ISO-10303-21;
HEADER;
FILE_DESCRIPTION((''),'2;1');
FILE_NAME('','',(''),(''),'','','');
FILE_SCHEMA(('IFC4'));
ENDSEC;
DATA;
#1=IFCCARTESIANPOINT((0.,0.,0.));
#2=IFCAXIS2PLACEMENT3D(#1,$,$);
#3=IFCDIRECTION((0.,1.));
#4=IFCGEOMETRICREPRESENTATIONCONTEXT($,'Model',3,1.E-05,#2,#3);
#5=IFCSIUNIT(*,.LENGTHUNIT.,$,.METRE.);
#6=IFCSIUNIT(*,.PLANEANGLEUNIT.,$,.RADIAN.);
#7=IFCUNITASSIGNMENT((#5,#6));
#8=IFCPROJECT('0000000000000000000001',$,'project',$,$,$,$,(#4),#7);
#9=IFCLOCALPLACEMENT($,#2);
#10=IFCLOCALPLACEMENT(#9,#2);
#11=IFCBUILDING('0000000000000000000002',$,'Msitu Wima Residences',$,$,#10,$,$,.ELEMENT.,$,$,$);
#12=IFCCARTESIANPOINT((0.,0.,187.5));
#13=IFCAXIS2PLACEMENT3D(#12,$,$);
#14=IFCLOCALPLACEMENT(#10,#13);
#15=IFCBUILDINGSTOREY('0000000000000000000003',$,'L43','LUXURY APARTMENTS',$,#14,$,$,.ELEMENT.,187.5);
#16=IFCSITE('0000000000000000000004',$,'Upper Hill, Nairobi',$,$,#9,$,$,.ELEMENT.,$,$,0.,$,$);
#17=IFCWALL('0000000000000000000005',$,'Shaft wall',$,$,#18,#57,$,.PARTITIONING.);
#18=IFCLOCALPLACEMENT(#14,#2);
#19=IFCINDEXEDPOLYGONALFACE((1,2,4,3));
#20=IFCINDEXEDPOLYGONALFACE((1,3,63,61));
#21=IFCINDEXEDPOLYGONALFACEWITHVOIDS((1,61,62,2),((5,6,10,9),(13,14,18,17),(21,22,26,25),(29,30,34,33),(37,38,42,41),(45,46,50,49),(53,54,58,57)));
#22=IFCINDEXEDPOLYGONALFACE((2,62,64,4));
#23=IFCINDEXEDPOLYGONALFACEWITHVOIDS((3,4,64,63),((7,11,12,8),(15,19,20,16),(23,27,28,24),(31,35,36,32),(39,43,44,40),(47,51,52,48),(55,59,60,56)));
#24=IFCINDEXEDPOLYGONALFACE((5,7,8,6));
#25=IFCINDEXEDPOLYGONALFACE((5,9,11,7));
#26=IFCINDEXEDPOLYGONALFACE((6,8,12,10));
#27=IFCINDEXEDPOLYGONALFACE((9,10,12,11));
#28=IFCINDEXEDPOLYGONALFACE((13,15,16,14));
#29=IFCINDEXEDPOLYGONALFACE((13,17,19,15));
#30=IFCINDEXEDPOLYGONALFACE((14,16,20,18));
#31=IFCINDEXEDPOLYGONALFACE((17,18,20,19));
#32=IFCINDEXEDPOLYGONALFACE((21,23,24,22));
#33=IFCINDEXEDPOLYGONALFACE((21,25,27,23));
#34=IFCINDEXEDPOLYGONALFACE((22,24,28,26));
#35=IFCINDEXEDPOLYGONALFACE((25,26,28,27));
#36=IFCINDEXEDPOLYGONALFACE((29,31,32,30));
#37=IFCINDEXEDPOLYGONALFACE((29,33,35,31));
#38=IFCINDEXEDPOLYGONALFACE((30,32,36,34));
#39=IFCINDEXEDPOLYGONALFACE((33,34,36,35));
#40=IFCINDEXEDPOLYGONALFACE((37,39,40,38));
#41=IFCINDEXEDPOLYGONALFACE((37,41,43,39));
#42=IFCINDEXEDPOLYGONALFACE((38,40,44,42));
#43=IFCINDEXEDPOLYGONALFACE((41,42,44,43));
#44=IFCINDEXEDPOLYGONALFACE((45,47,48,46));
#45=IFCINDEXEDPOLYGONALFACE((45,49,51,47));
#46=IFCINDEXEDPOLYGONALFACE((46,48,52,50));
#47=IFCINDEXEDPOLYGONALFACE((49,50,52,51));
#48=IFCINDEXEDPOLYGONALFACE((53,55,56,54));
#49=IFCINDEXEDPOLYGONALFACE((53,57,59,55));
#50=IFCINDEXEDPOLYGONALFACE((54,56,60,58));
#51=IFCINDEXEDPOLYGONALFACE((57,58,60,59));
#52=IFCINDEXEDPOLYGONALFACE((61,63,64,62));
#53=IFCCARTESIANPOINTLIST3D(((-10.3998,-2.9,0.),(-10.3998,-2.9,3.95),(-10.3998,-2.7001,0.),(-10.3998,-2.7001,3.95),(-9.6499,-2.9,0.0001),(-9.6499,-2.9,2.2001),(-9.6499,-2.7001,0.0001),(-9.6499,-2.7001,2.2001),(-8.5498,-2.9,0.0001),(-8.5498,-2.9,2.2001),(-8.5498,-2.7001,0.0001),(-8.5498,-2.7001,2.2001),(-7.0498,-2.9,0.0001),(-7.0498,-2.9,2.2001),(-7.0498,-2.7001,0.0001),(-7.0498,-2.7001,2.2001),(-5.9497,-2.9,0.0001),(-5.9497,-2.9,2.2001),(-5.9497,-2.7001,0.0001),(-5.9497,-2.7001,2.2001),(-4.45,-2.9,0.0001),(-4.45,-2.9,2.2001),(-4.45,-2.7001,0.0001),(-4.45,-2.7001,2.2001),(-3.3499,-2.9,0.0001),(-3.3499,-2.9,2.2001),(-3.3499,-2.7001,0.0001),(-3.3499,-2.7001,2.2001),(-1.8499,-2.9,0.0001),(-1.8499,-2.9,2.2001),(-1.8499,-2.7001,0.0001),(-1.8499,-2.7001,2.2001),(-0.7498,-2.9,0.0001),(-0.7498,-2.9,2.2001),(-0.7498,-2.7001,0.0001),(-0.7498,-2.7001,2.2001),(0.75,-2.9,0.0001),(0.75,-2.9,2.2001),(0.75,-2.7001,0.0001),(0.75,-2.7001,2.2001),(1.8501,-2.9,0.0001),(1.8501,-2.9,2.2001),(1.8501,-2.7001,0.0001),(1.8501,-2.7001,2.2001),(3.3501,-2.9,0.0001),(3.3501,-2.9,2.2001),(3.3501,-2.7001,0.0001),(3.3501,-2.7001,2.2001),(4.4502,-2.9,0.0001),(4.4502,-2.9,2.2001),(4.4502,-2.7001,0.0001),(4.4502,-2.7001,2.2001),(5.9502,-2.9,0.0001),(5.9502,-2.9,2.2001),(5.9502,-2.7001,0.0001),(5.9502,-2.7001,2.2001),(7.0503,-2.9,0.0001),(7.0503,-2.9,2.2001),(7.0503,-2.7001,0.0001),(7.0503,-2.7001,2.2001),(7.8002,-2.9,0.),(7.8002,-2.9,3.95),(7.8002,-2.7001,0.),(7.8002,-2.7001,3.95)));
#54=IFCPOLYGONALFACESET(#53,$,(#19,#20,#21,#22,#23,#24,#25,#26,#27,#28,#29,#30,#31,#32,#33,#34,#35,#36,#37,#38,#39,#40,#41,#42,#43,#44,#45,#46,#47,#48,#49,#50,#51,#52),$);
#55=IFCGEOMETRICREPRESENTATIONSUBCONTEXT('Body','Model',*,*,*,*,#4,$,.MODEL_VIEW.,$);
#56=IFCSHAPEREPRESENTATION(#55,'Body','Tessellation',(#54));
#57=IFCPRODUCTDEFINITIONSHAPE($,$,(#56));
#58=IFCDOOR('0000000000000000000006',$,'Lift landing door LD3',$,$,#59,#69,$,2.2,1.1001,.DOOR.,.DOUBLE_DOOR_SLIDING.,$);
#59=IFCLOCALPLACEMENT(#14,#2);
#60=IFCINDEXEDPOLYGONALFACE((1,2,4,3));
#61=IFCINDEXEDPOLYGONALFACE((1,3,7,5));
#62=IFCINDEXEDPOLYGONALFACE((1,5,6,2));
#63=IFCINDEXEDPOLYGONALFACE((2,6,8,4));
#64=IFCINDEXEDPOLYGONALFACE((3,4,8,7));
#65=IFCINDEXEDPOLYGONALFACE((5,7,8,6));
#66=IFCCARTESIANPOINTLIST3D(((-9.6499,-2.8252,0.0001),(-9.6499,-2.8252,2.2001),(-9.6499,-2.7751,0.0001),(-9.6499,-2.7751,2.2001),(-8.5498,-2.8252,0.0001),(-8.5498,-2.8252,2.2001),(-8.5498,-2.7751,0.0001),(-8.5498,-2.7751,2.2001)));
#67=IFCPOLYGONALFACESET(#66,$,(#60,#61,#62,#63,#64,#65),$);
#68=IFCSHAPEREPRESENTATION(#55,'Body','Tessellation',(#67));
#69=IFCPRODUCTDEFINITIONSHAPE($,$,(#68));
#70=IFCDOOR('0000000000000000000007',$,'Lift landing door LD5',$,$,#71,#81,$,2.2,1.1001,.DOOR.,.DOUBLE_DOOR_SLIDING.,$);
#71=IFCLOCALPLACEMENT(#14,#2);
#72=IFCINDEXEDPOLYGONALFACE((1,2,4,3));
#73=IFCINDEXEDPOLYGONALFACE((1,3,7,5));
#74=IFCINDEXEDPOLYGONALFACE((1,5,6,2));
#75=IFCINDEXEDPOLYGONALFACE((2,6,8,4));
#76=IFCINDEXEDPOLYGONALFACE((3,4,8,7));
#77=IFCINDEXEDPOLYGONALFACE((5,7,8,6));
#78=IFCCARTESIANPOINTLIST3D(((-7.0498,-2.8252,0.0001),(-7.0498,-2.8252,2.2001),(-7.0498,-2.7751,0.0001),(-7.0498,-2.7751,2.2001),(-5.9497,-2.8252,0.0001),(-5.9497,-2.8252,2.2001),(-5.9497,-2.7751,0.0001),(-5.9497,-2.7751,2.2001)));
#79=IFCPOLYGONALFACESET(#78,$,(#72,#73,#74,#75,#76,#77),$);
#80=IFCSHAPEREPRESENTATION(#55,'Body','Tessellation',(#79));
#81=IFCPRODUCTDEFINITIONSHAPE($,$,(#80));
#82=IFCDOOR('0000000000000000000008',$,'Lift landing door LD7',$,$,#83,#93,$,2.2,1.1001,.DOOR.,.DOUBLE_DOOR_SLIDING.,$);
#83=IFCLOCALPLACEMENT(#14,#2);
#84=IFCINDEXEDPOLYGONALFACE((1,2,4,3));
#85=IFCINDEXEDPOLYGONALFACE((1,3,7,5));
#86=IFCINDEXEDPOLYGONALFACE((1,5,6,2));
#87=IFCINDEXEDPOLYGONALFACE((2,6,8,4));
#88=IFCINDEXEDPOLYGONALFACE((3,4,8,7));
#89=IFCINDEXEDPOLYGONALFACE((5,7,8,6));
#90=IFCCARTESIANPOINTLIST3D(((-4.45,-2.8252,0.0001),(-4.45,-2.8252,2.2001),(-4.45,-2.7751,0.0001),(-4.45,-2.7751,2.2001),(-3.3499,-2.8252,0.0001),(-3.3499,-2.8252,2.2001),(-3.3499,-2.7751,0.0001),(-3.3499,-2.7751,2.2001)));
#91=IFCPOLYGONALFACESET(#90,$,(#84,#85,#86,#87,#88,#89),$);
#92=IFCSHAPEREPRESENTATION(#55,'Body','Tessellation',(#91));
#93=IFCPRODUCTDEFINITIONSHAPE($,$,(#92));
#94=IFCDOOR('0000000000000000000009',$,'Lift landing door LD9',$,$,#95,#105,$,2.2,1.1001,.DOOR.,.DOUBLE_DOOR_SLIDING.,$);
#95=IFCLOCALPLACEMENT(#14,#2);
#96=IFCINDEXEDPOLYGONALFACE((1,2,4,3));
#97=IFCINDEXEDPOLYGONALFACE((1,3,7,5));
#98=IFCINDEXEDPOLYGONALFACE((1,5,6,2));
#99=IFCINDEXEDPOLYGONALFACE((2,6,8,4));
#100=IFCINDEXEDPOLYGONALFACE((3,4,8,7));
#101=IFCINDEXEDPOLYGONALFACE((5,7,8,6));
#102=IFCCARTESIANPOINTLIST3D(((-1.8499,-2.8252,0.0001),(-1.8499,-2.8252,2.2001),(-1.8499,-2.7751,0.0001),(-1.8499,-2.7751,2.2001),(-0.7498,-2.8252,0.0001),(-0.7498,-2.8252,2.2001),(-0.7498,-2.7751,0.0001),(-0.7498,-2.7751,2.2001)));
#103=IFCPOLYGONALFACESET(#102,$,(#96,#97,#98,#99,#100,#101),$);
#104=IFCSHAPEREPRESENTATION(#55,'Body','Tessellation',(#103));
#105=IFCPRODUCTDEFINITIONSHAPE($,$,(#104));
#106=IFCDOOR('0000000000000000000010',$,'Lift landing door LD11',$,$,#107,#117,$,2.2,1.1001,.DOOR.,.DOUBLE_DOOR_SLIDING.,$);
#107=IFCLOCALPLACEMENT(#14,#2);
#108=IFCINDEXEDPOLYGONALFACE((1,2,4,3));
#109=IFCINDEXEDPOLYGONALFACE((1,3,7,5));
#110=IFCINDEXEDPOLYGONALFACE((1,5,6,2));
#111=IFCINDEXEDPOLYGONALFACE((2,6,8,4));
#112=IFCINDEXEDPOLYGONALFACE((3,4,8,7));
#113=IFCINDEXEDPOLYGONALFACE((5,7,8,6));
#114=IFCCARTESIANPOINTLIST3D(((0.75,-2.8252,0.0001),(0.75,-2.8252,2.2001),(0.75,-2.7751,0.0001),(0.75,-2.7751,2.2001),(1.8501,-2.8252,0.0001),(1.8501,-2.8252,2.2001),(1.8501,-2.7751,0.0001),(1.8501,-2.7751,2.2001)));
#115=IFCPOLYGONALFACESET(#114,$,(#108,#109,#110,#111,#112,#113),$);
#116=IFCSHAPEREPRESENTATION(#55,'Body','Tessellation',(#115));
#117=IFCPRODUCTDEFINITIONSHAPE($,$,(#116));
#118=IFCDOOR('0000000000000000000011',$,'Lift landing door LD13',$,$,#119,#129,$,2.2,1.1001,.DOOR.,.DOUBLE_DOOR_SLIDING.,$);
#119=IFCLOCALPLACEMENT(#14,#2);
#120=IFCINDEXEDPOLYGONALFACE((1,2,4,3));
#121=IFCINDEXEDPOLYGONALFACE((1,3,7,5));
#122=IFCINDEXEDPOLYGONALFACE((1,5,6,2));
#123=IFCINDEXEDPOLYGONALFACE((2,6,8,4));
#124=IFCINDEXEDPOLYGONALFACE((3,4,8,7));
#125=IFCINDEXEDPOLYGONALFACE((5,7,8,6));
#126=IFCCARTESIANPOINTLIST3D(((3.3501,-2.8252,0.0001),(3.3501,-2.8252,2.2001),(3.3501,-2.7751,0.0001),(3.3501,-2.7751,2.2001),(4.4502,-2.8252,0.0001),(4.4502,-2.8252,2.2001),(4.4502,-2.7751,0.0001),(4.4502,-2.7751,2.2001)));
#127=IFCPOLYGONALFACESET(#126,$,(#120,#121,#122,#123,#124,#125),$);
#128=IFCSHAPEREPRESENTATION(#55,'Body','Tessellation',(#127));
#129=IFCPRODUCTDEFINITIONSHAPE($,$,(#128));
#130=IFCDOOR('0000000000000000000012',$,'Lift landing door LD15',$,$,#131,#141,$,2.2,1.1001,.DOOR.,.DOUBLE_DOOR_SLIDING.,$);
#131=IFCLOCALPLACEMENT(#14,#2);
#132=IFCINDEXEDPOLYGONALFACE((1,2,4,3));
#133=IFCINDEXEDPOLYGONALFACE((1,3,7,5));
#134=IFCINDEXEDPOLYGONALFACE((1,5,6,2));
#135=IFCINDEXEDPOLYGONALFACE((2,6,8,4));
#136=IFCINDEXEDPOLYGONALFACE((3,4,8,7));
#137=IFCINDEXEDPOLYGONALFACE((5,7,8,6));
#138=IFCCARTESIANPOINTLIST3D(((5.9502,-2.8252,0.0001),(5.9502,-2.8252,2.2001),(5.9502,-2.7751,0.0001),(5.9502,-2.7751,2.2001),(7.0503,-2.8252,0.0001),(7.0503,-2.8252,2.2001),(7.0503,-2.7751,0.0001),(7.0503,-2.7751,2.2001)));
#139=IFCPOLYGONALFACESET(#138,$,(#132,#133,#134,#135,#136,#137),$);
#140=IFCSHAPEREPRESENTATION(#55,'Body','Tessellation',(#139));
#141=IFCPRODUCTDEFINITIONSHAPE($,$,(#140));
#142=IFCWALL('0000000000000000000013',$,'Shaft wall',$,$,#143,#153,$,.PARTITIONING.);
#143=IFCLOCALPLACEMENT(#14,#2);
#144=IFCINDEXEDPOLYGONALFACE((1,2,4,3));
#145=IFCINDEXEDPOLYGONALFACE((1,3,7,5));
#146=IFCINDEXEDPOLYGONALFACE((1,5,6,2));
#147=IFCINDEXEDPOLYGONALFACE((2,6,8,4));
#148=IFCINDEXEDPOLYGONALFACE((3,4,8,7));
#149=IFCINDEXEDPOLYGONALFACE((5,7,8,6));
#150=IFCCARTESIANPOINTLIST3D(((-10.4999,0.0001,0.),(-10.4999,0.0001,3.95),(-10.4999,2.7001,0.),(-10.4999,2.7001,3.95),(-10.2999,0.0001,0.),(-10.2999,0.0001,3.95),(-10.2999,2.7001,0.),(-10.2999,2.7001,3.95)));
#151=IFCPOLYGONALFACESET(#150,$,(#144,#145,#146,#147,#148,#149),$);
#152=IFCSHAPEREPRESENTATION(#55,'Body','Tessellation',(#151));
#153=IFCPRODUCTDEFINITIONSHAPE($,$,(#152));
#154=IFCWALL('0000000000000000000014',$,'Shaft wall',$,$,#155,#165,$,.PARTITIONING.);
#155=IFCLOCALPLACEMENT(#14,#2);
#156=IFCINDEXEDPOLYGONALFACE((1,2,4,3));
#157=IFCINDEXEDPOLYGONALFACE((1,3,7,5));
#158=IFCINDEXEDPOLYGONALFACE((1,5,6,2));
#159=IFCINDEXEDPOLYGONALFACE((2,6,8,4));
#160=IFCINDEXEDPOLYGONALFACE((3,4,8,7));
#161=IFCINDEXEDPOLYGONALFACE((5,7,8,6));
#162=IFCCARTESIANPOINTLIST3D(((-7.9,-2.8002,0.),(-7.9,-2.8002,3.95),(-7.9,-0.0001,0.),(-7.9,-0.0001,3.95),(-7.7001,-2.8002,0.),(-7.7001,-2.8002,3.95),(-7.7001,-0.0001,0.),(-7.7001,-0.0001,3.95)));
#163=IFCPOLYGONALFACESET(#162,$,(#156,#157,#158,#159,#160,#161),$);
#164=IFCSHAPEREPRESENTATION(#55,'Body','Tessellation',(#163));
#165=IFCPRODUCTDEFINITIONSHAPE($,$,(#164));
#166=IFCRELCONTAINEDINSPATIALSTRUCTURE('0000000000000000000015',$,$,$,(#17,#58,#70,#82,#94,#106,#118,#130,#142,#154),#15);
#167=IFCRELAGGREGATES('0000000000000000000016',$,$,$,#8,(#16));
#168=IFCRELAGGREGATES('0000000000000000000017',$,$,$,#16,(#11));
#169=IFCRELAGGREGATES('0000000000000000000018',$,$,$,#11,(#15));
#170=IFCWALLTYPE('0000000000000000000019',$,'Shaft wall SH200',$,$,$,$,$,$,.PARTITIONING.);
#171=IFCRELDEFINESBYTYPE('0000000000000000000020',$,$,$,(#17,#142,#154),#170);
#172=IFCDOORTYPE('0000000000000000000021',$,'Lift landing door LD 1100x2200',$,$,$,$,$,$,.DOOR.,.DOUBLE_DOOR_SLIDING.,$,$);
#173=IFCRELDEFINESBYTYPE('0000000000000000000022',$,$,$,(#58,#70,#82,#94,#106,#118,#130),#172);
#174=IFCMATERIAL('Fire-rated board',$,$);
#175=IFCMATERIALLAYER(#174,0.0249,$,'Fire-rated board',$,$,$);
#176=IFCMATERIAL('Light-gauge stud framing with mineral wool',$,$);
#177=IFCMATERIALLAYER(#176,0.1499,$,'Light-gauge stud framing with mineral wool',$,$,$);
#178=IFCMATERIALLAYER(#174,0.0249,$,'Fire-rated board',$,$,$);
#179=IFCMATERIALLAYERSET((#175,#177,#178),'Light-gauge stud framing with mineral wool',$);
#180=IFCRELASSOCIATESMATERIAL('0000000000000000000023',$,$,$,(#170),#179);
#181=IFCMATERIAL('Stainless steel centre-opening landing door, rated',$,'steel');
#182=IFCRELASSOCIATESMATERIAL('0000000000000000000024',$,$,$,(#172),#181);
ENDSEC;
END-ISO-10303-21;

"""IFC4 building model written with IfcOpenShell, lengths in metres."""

from ifc_helpers import new_model, si_unit, direction, frame, frame_2d, origin, place, context, subcontext, project, spatial, rectangle, extrude, material, layer, layer_set, type_object, element, fill, save


model = new_model("IFC4")

# Units and contexts
model_context = context("Model", 3, precision=1e-05, world=origin(), true_north=direction((0.0, 1.0)))
body_context = subcontext(model_context, "Body", "Model", "MODEL_VIEW")
ifc_project = project(units=[si_unit("LENGTHUNIT", "METRE"), si_unit("PLANEANGLEUNIT", "RADIAN")], contexts=[model_context])

# Site, building, storey
site_placement = place(None, origin())
site = spatial("IfcSite", under=ifc_project, at=site_placement, Name="Upper Hill, Nairobi", CompositionType="ELEMENT", RefElevation=0.0)
building_placement = place(site_placement, origin())
building = spatial("IfcBuilding", under=site, at=building_placement, Name="Msitu Wima Residences", CompositionType="ELEMENT")
storey_placement = place(building_placement, frame((0.0, 0.0, 187.5)))
storey = spatial("IfcBuildingStorey", under=building, at=storey_placement, Name="L43", Description="LUXURY APARTMENTS", CompositionType="ELEMENT", Elevation=187.5)

# Shared definitions
ifc_material_1 = material(Name="Fire-rated board")
ifc_layer_1 = layer(ifc_material_1, 0.0249, Name="Fire-rated board")
ifc_material_2 = material(Name="Light-gauge stud framing with mineral wool")
ifc_layer_2 = layer(ifc_material_2, 0.1499, Name="Light-gauge stud framing with mineral wool")
ifc_layer_3 = layer(ifc_material_1, 0.0249, Name="Fire-rated board")
ifc_layer_set_1 = layer_set([ifc_layer_1, ifc_layer_2, ifc_layer_3], Name="Light-gauge stud framing with mineral wool")
wall_type_1 = type_object("IfcWallType", Name="Shaft wall SH200", PredefinedType="PARTITIONING", material=ifc_layer_set_1)

# Wall, openings, doors
wall_1_placement = place(storey_placement, frame((-10.3999, -2.8, 0.0), z_axis=(0.0, 0.0, 1.0), x_axis=(1.0, 0.0, 0.0)))
wall_1 = element("IfcWall", 1, at=wall_1_placement, inside=storey, type_object=wall_type_1, Name="Shaft wall", PredefinedType="PARTITIONING", context=body_context, shape_type="SweptSolid", body=[
    extrude(rectangle(XDim=18.2, YDim=0.2, at=frame_2d((9.1001, 0.0))), origin(), (0.0, 0.0, 1.0), 3.95),
])
opening_1_placement = place(wall_1_placement, frame((0.75, 0.0, 0.0)))
opening_1 = element("IfcOpeningElement", 2, at=opening_1_placement, cuts=wall_1, PredefinedType="OPENING", context=body_context, shape_type="SweptSolid", body=[
    extrude(rectangle(XDim=1.1001, YDim=2.2, at=frame_2d((0.55, 1.1001))), frame((0.0, 0.1099, 0.0), z_axis=(0.0, -1.0, 0.0), x_axis=(1.0, 0.0, 0.0)), (0.0, 0.0, 1.0), 0.22),
])
opening_2_placement = place(wall_1_placement, frame((3.3501, 0.0, 0.0)))
opening_2 = element("IfcOpeningElement", 3, at=opening_2_placement, cuts=wall_1, PredefinedType="OPENING", context=body_context, shape_type="SweptSolid", body=[
    extrude(rectangle(XDim=1.1001, YDim=2.2, at=frame_2d((0.55, 1.1001))), frame((0.0, 0.1099, 0.0), z_axis=(0.0, -1.0, 0.0), x_axis=(1.0, 0.0, 0.0)), (0.0, 0.0, 1.0), 0.22),
])
opening_3_placement = place(wall_1_placement, frame((5.95, 0.0, 0.0)))
opening_3 = element("IfcOpeningElement", 4, at=opening_3_placement, cuts=wall_1, PredefinedType="OPENING", context=body_context, shape_type="SweptSolid", body=[
    extrude(rectangle(XDim=1.1001, YDim=2.2, at=frame_2d((0.55, 1.1001))), frame((0.0, 0.1099, 0.0), z_axis=(0.0, -1.0, 0.0), x_axis=(1.0, 0.0, 0.0)), (0.0, 0.0, 1.0), 0.22),
])
opening_4_placement = place(wall_1_placement, frame((8.55, 0.0, 0.0)))
opening_4 = element("IfcOpeningElement", 5, at=opening_4_placement, cuts=wall_1, PredefinedType="OPENING", context=body_context, shape_type="SweptSolid", body=[
    extrude(rectangle(XDim=1.1001, YDim=2.2, at=frame_2d((0.55, 1.1001))), frame((0.0, 0.1099, 0.0), z_axis=(0.0, -1.0, 0.0), x_axis=(1.0, 0.0, 0.0)), (0.0, 0.0, 1.0), 0.22),
])
opening_5_placement = place(wall_1_placement, frame((11.1499, 0.0, 0.0)))
opening_5 = element("IfcOpeningElement", 6, at=opening_5_placement, cuts=wall_1, PredefinedType="OPENING", context=body_context, shape_type="SweptSolid", body=[
    extrude(rectangle(XDim=1.1001, YDim=2.2, at=frame_2d((0.55, 1.1001))), frame((0.0, 0.1099, 0.0), z_axis=(0.0, -1.0, 0.0), x_axis=(1.0, 0.0, 0.0)), (0.0, 0.0, 1.0), 0.22),
])
opening_6_placement = place(wall_1_placement, frame((13.75, 0.0, 0.0)))
opening_6 = element("IfcOpeningElement", 7, at=opening_6_placement, cuts=wall_1, PredefinedType="OPENING", context=body_context, shape_type="SweptSolid", body=[
    extrude(rectangle(XDim=1.1001, YDim=2.2, at=frame_2d((0.55, 1.1001))), frame((0.0, 0.1099, 0.0), z_axis=(0.0, -1.0, 0.0), x_axis=(1.0, 0.0, 0.0)), (0.0, 0.0, 1.0), 0.22),
])
opening_7_placement = place(wall_1_placement, frame((16.3501, 0.0, 0.0)))
opening_7 = element("IfcOpeningElement", 8, at=opening_7_placement, cuts=wall_1, PredefinedType="OPENING", context=body_context, shape_type="SweptSolid", body=[
    extrude(rectangle(XDim=1.1001, YDim=2.2, at=frame_2d((0.55, 1.1001))), frame((0.0, 0.1099, 0.0), z_axis=(0.0, -1.0, 0.0), x_axis=(1.0, 0.0, 0.0)), (0.0, 0.0, 1.0), 0.22),
])
ifc_material_3 = material(Name="Stainless steel centre-opening landing door, rated", Category="steel")
door_type_1 = type_object("IfcDoorType", Name="Lift landing door LD 1100x2200", OperationType="DOUBLE_DOOR_SLIDING", PredefinedType="DOOR", material=ifc_material_3)
door_1_placement = place(opening_1_placement, origin())
door_1 = element("IfcDoor", 9, at=door_1_placement, inside=storey, type_object=door_type_1, Name="Lift landing door LD3", OperationType="DOUBLE_DOOR_SLIDING", OverallHeight=2.2, OverallWidth=1.1001, PredefinedType="DOOR", context=body_context, shape_type="SweptSolid", body=[
    extrude(rectangle(XDim=1.1001, YDim=2.2, at=frame_2d((0.55, 1.1001))), frame((0.0, 0.0249, 0.0), z_axis=(0.0, -1.0, 0.0), x_axis=(1.0, 0.0, 0.0)), (0.0, 0.0, 1.0), 0.05),
])
fill(opening_1, door_1)
door_2_placement = place(opening_2_placement, origin())
door_2 = element("IfcDoor", 10, at=door_2_placement, inside=storey, type_object=door_type_1, Name="Lift landing door LD5", OperationType="DOUBLE_DOOR_SLIDING", OverallHeight=2.2, OverallWidth=1.1001, PredefinedType="DOOR", context=body_context, shape_type="SweptSolid", body=[
    extrude(rectangle(XDim=1.1001, YDim=2.2, at=frame_2d((0.55, 1.1001))), frame((0.0, 0.0249, 0.0), z_axis=(0.0, -1.0, 0.0), x_axis=(1.0, 0.0, 0.0)), (0.0, 0.0, 1.0), 0.05),
])
fill(opening_2, door_2)
door_3_placement = place(opening_3_placement, origin())
door_3 = element("IfcDoor", 11, at=door_3_placement, inside=storey, type_object=door_type_1, Name="Lift landing door LD7", OperationType="DOUBLE_DOOR_SLIDING", OverallHeight=2.2, OverallWidth=1.1001, PredefinedType="DOOR", context=body_context, shape_type="SweptSolid", body=[
    extrude(rectangle(XDim=1.1001, YDim=2.2, at=frame_2d((0.55, 1.1001))), frame((0.0, 0.0249, 0.0), z_axis=(0.0, -1.0, 0.0), x_axis=(1.0, 0.0, 0.0)), (0.0, 0.0, 1.0), 0.05),
])
fill(opening_3, door_3)
door_4_placement = place(opening_4_placement, origin())
door_4 = element("IfcDoor", 12, at=door_4_placement, inside=storey, type_object=door_type_1, Name="Lift landing door LD9", OperationType="DOUBLE_DOOR_SLIDING", OverallHeight=2.2, OverallWidth=1.1001, PredefinedType="DOOR", context=body_context, shape_type="SweptSolid", body=[
    extrude(rectangle(XDim=1.1001, YDim=2.2, at=frame_2d((0.55, 1.1001))), frame((0.0, 0.0249, 0.0), z_axis=(0.0, -1.0, 0.0), x_axis=(1.0, 0.0, 0.0)), (0.0, 0.0, 1.0), 0.05),
])
fill(opening_4, door_4)
door_5_placement = place(opening_5_placement, origin())
door_5 = element("IfcDoor", 13, at=door_5_placement, inside=storey, type_object=door_type_1, Name="Lift landing door LD11", OperationType="DOUBLE_DOOR_SLIDING", OverallHeight=2.2, OverallWidth=1.1001, PredefinedType="DOOR", context=body_context, shape_type="SweptSolid", body=[
    extrude(rectangle(XDim=1.1001, YDim=2.2, at=frame_2d((0.55, 1.1001))), frame((0.0, 0.0249, 0.0), z_axis=(0.0, -1.0, 0.0), x_axis=(1.0, 0.0, 0.0)), (0.0, 0.0, 1.0), 0.05),
])
fill(opening_5, door_5)
door_6_placement = place(opening_6_placement, origin())
door_6 = element("IfcDoor", 14, at=door_6_placement, inside=storey, type_object=door_type_1, Name="Lift landing door LD13", OperationType="DOUBLE_DOOR_SLIDING", OverallHeight=2.2, OverallWidth=1.1001, PredefinedType="DOOR", context=body_context, shape_type="SweptSolid", body=[
    extrude(rectangle(XDim=1.1001, YDim=2.2, at=frame_2d((0.55, 1.1001))), frame((0.0, 0.0249, 0.0), z_axis=(0.0, -1.0, 0.0), x_axis=(1.0, 0.0, 0.0)), (0.0, 0.0, 1.0), 0.05),
])
fill(opening_6, door_6)
door_7_placement = place(opening_7_placement, origin())
door_7 = element("IfcDoor", 15, at=door_7_placement, inside=storey, type_object=door_type_1, Name="Lift landing door LD15", OperationType="DOUBLE_DOOR_SLIDING", OverallHeight=2.2, OverallWidth=1.1001, PredefinedType="DOOR", context=body_context, shape_type="SweptSolid", body=[
    extrude(rectangle(XDim=1.1001, YDim=2.2, at=frame_2d((0.55, 1.1001))), frame((0.0, 0.0249, 0.0), z_axis=(0.0, -1.0, 0.0), x_axis=(1.0, 0.0, 0.0)), (0.0, 0.0, 1.0), 0.05),
])
fill(opening_7, door_7)

# Walls
wall_2_placement = place(storey_placement, frame((-10.3999, 0.0, 0.0), z_axis=(0.0, 0.0, 1.0), x_axis=(0.0, 1.0, 0.0)))
element("IfcWall", 16, at=wall_2_placement, inside=storey, type_object=wall_type_1, Name="Shaft wall", PredefinedType="PARTITIONING", context=body_context, shape_type="SweptSolid", body=[
    extrude(rectangle(XDim=2.7, YDim=0.2, at=frame_2d((1.3501, 0.0))), origin(), (0.0, 0.0, 1.0), 3.95),
])
for number, where, z_axis, x_axis, name in (
    (17, (-7.8, -2.8, 0.0), (0.0, 0.0, 1.0), (0.0, 1.0, 0.0), "Shaft wall"),
):
    element("IfcWall", number, at=place(storey_placement, frame(where, z_axis=z_axis, x_axis=x_axis)), inside=storey, type_object=wall_type_1, Name=name, PredefinedType="PARTITIONING", context=body_context, shape_type="SweptSolid", body=[
        extrude(rectangle(XDim=2.8, YDim=0.2, at=frame_2d((1.3999, 0.0))), origin(), (0.0, 0.0, 1.0), 3.95),
    ])

save(model, "model.ifc")
